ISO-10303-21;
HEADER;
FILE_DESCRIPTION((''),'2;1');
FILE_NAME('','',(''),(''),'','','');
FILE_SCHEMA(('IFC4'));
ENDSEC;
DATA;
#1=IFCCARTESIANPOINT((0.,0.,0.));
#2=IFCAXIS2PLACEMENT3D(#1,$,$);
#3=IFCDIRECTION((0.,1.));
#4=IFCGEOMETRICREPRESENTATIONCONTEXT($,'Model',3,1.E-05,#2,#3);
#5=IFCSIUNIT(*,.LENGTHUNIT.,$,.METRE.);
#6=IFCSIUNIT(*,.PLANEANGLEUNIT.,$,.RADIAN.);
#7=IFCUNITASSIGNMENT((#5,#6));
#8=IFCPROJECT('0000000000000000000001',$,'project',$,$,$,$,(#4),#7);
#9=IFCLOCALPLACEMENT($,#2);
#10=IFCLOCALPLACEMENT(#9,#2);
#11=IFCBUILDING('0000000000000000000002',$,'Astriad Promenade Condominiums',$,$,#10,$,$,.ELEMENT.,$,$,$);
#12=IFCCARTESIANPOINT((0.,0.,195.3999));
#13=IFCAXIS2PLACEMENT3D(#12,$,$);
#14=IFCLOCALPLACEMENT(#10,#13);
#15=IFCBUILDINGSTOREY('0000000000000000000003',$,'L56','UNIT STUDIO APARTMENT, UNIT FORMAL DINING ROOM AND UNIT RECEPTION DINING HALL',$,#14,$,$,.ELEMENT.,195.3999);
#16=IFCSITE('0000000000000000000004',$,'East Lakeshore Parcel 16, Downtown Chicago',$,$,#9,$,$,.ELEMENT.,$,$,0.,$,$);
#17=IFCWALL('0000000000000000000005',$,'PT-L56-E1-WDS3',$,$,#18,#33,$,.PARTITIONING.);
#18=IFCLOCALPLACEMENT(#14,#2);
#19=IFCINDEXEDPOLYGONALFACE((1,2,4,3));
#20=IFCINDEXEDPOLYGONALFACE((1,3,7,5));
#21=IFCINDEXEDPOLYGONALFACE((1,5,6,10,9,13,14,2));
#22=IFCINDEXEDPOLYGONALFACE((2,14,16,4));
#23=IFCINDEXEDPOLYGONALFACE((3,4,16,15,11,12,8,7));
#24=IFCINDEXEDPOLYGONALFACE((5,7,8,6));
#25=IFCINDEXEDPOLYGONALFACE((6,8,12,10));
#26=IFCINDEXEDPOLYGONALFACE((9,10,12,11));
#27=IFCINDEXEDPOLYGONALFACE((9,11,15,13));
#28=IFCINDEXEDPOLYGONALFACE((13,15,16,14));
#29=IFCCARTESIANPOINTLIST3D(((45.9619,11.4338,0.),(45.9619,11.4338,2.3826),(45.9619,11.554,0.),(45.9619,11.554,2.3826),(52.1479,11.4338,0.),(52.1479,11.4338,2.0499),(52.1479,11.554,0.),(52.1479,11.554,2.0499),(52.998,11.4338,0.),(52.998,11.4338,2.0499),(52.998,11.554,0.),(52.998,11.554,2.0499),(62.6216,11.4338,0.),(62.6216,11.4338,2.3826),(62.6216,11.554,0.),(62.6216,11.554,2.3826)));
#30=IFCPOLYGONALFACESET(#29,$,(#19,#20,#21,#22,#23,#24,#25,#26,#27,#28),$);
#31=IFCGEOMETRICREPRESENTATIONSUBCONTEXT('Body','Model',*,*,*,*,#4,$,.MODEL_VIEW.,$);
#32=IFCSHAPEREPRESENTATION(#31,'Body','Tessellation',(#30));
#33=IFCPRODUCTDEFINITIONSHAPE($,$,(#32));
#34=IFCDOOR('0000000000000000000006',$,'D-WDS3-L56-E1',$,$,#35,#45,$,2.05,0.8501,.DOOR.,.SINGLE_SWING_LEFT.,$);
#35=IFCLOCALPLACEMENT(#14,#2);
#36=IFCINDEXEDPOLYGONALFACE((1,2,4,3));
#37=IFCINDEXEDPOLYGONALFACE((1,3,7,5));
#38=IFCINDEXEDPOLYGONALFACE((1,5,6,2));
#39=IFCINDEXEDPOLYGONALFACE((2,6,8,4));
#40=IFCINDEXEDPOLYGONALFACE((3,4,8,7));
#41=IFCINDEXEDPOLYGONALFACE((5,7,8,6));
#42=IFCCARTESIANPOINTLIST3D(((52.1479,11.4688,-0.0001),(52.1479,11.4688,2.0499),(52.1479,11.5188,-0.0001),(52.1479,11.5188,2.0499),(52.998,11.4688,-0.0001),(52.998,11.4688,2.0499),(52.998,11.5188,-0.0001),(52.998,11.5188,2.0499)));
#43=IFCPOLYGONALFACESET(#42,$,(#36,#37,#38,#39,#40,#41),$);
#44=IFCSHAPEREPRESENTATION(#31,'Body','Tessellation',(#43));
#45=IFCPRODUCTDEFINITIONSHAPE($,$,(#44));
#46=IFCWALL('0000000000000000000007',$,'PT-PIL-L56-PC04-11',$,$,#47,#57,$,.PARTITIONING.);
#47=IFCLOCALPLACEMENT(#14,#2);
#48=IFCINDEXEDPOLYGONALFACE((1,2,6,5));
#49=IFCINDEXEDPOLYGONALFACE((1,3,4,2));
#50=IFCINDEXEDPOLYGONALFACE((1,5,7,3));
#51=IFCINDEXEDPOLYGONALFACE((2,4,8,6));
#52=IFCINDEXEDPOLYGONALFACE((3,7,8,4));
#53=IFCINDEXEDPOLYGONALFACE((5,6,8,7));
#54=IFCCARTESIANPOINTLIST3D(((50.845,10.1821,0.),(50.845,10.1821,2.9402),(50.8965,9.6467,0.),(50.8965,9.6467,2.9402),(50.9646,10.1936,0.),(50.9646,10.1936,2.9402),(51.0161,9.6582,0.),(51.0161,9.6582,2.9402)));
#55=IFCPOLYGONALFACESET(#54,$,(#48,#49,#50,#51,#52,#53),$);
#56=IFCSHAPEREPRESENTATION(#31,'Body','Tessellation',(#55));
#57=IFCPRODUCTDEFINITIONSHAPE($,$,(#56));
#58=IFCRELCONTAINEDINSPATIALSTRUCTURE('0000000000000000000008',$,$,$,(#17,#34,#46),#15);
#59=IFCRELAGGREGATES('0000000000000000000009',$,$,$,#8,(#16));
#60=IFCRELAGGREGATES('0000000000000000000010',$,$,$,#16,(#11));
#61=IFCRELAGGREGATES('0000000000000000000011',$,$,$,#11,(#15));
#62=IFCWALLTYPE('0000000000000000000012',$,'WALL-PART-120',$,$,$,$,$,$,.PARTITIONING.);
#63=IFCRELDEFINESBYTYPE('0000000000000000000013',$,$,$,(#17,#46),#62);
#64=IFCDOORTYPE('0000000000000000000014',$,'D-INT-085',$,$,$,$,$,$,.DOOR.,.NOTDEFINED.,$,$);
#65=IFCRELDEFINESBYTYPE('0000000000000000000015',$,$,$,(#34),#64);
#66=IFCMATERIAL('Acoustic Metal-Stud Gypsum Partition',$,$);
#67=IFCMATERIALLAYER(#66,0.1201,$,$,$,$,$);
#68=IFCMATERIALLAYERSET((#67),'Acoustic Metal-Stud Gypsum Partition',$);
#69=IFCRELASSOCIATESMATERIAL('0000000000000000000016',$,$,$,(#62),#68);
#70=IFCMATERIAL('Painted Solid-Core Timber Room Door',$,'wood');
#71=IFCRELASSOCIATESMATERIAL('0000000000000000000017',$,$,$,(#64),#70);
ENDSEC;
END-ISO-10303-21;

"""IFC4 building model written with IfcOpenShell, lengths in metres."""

from ifc_helpers import new_model, si_unit, direction, frame, frame_2d, origin, place, context, subcontext, project, spatial, rectangle, extrude, source, transform, mapped, material, layer, layer_set, type_object, type_shapes, element, fill, save


model = new_model("IFC4")

# Units and contexts
model_context = context("Model", 3, precision=1e-05, world=origin(), true_north=direction((0.0, 1.0)))
body_context = subcontext(model_context, "Body", "Model", "MODEL_VIEW")
ifc_project = project(units=[si_unit("LENGTHUNIT", "METRE"), si_unit("PLANEANGLEUNIT", "RADIAN")], contexts=[model_context])

# Site, building, storey
site_placement = place(None, origin())
site = spatial("IfcSite", under=ifc_project, at=site_placement, Name="East Lakeshore Parcel 16, Downtown Chicago", CompositionType="ELEMENT", RefElevation=0.0)
building_placement = place(site_placement, origin())
building = spatial("IfcBuilding", under=site, at=building_placement, Name="Astriad Promenade Condominiums", CompositionType="ELEMENT")
storey_placement = place(building_placement, frame((0.0, 0.0, 195.3999)))
storey = spatial("IfcBuildingStorey", under=building, at=storey_placement, Name="L56", Description="UNIT STUDIO APARTMENT, UNIT FORMAL DINING ROOM AND UNIT RECEPTION DINING HALL", CompositionType="ELEMENT", Elevation=195.3999)

# Shared definitions
ifc_material_1 = material(Name="Acoustic Metal-Stud Gypsum Partition")
ifc_layer = layer(ifc_material_1, 0.1201)
ifc_layer_set = layer_set([ifc_layer], Name="Acoustic Metal-Stud Gypsum Partition")
wall_type = type_object("IfcWallType", Name="WALL-PART-120", PredefinedType="PARTITIONING", material=ifc_layer_set)
ifc_material_2 = material(Name="Painted Solid-Core Timber Room Door", Category="wood")
door_type_1 = type_object("IfcDoorType", Name="D-INT-085", OperationType="NOTDEFINED", PredefinedType="DOOR", material=ifc_material_2)
shared_shape_1 = source(origin(), body_context, "Body", "SweptSolid", [
    extrude(rectangle(XDim=0.8501, YDim=2.05, at=frame_2d((0.425, 1.0249))), frame((0.0, 0.0249, 0.0), z_axis=(0.0, -1.0, 0.0), x_axis=(1.0, 0.0, 0.0)), (0.0, 0.0, 1.0), 0.05),
])
type_shapes(door_type_1, [shared_shape_1])

# Wall, opening, door
wall_1_placement = place(storey_placement, frame((45.9619, 11.4939, 0.0), z_axis=(0.0, 0.0, 1.0), x_axis=(1.0, 0.0, 0.0)))
wall_1 = element("IfcWall", 1, at=wall_1_placement, inside=storey, type_object=wall_type, Name="PT-L56-E1-WDS3", PredefinedType="PARTITIONING", context=body_context, shape_type="SweptSolid", body=[
    extrude(rectangle(XDim=16.6597, YDim=0.1201, at=frame_2d((8.3298, 0.0))), origin(), (0.0, 0.0, 1.0), 2.3826),
])
opening_1_placement = place(wall_1_placement, frame((6.186, 0.0, 0.0)))
opening_1 = element("IfcOpeningElement", 2, at=opening_1_placement, cuts=wall_1, PredefinedType="OPENING", context=body_context, shape_type="SweptSolid", body=[
    extrude(rectangle(XDim=0.8501, YDim=2.05, at=frame_2d((0.425, 1.0249))), frame((0.0, 0.0701, 0.0), z_axis=(0.0, -1.0, 0.0), x_axis=(1.0, 0.0, 0.0)), (0.0, 0.0, 1.0), 0.1401),
])
door_1_placement = place(opening_1_placement, origin())
door_1 = element("IfcDoor", 3, at=door_1_placement, inside=storey, type_object=door_type_1, Name="D-WDS3-L56-E1", OperationType="SINGLE_SWING_LEFT", OverallHeight=2.05, OverallWidth=0.8501, PredefinedType="DOOR", context=body_context, shape_type="MappedRepresentation", body=[
    mapped(shared_shape_1, transform((0.0, 0.0, 0.0), scale=1.0)),
])
fill(opening_1, door_1)

# Wall
wall_2_placement = place(storey_placement, frame((50.9048, 10.188, 0.0), z_axis=(0.0, 0.0, 1.0), x_axis=(0.095773, -0.995403, 0.0)))
element("IfcWall", 4, at=wall_2_placement, inside=storey, type_object=wall_type, Name="PT-PIL-L56-PC04-11", PredefinedType="PARTITIONING", context=body_context, shape_type="SweptSolid", body=[
    extrude(rectangle(XDim=0.5378, YDim=0.1201, at=frame_2d((0.269, 0.0))), origin(), (0.0, 0.0, 1.0), 2.9402),
])

save(model, "model.ifc")
